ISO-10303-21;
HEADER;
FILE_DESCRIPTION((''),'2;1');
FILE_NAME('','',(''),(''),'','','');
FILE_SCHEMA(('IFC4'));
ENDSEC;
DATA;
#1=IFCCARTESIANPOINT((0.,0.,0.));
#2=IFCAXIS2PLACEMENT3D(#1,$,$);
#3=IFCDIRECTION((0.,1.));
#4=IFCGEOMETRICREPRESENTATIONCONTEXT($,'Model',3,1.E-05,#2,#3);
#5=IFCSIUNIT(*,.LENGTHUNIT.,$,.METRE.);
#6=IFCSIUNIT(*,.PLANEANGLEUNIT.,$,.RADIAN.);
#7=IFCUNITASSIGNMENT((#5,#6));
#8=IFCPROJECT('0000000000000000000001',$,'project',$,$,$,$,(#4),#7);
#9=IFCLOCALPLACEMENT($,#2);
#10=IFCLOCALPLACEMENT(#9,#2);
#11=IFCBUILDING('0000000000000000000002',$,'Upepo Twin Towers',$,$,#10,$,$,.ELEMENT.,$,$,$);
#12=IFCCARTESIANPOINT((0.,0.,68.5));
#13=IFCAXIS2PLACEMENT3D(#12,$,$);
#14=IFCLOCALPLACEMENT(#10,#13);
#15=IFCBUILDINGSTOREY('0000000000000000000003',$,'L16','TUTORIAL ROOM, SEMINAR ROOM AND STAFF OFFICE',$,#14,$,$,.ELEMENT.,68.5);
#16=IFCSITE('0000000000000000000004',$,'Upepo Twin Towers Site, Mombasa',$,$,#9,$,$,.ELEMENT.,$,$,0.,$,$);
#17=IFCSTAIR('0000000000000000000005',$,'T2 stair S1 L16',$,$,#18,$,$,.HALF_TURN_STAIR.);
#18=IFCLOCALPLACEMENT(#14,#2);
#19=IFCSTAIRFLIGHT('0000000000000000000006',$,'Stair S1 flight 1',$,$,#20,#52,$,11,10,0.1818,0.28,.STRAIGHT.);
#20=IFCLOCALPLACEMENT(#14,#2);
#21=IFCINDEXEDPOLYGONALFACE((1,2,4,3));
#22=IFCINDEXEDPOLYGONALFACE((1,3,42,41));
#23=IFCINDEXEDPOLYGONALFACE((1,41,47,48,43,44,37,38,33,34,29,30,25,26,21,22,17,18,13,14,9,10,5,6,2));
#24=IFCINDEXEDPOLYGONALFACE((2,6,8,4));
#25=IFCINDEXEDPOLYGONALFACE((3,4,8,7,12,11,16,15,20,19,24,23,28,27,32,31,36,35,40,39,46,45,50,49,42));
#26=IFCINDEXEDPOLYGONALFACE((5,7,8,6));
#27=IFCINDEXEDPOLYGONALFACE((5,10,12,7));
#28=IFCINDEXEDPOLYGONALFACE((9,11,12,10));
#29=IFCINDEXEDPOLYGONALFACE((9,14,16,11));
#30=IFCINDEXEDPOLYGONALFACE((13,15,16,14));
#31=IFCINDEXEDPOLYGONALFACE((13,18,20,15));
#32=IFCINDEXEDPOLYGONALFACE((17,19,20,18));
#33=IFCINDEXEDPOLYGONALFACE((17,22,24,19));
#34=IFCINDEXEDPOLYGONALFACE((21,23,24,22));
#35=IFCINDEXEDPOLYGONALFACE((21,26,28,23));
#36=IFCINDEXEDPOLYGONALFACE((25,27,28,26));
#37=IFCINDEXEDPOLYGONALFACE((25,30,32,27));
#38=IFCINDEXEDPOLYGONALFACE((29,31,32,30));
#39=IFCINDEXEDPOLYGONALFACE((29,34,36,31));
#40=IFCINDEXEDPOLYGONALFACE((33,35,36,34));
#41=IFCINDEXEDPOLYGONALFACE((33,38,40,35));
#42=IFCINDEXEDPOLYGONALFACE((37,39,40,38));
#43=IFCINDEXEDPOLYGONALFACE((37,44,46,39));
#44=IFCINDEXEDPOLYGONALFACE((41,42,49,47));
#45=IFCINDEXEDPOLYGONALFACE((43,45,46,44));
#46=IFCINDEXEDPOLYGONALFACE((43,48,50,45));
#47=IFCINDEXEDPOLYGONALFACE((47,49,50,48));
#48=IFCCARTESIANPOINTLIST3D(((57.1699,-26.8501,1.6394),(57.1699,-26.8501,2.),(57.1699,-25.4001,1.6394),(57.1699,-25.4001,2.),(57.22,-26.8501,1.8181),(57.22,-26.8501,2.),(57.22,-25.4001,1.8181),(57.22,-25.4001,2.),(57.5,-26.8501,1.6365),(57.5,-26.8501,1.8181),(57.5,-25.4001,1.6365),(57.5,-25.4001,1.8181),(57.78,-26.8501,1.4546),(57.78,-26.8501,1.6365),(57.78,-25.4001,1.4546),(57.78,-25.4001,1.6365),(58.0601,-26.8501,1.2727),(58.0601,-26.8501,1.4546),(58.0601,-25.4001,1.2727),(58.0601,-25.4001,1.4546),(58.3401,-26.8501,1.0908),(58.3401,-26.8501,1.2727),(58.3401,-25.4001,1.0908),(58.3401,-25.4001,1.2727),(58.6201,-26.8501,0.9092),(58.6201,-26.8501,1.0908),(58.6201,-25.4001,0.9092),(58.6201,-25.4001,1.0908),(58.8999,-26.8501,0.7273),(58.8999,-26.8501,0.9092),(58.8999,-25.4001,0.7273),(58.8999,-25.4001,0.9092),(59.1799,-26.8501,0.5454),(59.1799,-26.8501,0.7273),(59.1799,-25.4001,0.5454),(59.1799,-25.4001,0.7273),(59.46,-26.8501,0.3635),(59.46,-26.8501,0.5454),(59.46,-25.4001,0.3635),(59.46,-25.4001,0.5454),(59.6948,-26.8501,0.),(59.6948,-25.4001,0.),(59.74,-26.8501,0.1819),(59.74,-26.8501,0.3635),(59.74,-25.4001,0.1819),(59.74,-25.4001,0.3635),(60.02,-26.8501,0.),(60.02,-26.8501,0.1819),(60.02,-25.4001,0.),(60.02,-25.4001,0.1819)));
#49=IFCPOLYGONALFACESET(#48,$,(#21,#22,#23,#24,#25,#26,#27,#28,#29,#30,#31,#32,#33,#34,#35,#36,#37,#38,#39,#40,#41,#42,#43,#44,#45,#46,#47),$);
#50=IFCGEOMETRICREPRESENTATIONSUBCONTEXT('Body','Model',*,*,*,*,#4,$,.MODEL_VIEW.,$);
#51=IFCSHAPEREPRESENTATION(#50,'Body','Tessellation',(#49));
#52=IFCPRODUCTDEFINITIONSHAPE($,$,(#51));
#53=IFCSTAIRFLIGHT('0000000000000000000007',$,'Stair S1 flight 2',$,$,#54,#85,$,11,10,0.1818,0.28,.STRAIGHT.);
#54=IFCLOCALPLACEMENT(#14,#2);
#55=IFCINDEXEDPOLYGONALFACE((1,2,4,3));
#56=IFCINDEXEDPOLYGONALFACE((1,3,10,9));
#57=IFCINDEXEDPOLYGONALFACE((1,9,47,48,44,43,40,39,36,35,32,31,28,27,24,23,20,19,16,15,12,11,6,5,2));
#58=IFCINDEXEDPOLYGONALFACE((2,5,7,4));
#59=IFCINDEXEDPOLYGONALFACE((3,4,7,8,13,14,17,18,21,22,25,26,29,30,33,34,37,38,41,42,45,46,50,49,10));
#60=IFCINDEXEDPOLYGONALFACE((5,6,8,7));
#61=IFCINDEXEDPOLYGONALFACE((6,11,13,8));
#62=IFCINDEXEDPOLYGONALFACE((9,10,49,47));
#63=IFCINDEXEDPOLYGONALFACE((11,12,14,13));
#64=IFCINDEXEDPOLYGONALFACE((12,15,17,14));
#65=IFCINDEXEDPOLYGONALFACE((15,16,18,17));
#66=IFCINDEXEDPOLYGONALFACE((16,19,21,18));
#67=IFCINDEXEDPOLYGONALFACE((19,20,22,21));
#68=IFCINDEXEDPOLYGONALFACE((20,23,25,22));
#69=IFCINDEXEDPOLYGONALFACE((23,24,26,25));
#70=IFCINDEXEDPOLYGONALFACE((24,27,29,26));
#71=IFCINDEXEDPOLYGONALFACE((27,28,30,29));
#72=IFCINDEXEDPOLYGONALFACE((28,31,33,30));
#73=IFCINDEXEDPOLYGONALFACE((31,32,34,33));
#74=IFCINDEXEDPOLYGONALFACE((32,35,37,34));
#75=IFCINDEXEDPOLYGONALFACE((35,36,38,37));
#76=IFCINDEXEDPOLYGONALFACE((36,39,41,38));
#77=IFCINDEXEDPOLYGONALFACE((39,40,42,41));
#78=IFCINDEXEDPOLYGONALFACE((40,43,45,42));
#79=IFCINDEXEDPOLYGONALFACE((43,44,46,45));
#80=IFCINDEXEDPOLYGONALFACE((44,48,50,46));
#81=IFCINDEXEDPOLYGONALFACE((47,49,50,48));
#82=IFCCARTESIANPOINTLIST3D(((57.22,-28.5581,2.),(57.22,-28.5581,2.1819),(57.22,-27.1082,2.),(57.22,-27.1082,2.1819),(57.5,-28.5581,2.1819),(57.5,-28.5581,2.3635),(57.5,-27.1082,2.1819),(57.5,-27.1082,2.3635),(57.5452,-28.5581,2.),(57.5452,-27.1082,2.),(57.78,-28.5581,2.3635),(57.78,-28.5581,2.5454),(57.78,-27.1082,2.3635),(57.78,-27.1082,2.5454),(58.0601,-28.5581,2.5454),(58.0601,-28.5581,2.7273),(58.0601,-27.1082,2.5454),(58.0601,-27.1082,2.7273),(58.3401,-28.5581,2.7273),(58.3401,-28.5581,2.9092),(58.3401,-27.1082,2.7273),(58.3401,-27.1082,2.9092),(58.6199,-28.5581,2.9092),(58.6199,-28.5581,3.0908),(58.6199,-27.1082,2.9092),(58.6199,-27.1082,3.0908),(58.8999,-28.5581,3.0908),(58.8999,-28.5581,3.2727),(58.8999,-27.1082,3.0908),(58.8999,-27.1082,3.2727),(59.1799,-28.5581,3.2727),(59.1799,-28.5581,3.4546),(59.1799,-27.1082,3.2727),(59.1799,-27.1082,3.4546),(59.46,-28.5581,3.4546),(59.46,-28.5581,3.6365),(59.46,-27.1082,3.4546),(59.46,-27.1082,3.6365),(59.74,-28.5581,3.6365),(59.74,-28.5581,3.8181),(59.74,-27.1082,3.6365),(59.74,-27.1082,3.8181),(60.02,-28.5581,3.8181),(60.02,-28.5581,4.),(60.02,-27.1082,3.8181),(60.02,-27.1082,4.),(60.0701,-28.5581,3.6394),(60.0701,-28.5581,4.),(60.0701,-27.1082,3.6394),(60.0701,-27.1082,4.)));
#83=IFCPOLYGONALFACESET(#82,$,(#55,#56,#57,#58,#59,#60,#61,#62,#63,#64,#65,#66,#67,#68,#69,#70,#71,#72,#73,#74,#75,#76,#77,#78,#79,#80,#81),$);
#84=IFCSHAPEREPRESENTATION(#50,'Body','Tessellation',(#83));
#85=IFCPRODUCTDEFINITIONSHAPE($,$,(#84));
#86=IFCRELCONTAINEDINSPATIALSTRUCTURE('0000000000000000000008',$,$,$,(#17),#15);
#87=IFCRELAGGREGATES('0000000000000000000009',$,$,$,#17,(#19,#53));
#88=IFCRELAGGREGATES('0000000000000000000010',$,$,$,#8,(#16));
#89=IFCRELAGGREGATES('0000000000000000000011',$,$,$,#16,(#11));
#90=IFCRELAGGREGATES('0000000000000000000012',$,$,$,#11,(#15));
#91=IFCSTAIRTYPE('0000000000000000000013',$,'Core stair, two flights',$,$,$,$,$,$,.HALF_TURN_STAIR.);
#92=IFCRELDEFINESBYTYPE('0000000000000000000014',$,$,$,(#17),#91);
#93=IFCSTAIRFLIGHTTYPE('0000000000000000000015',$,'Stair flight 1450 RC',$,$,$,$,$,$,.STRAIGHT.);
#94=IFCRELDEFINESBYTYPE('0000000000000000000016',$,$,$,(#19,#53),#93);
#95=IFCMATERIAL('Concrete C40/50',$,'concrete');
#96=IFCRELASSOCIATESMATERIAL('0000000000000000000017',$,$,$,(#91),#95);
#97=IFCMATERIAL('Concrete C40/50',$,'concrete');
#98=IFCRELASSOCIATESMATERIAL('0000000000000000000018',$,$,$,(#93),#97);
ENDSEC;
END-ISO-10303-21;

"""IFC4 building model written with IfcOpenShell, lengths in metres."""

from ifc_helpers import new_model, si_unit, direction, frame, origin, place, context, subcontext, project, spatial, polyline, outline, extrude, material, type_object, element, aggregate, save


model = new_model("IFC4")

# Units and contexts
model_context = context("Model", 3, precision=1e-05, world=origin(), true_north=direction((0.0, 1.0)))
body_context = subcontext(model_context, "Body", "Model", "MODEL_VIEW")
ifc_project = project(units=[si_unit("LENGTHUNIT", "METRE"), si_unit("PLANEANGLEUNIT", "RADIAN")], contexts=[model_context])

# Site, building, storey
site_placement = place(None, origin())
site = spatial("IfcSite", under=ifc_project, at=site_placement, Name="Upepo Twin Towers Site, Mombasa", CompositionType="ELEMENT", RefElevation=0.0)
building_placement = place(site_placement, origin())
building = spatial("IfcBuilding", under=site, at=building_placement, Name="Upepo Twin Towers", CompositionType="ELEMENT")
storey_placement = place(building_placement, frame((0.0, 0.0, 68.5)))
storey = spatial("IfcBuildingStorey", under=building, at=storey_placement, Name="L16", Description="TUTORIAL ROOM, SEMINAR ROOM AND STAFF OFFICE", CompositionType="ELEMENT", Elevation=68.5)

# Stair, stair flights
ifc_material_1 = material(Name="Concrete C40/50", Category="concrete")
stair_type = type_object("IfcStairType", Name="Core stair, two flights", PredefinedType="HALF_TURN_STAIR", material=ifc_material_1)
stair_placement = place(storey_placement, origin())
stair = element("IfcStair", 1, at=stair_placement, inside=storey, type_object=stair_type, Name="T2 stair S1 L16", PredefinedType="HALF_TURN_STAIR")
ifc_material_2 = material(Name="Concrete C40/50", Category="concrete")
stair_flight_type = type_object("IfcStairFlightType", Name="Stair flight 1450 RC", PredefinedType="STRAIGHT", material=ifc_material_2)
stair_flight_1_placement = place(storey_placement, frame((60.02, -26.125, 0.0), z_axis=(0.0, 0.0, 1.0), x_axis=(-1.0, 0.0, 0.0)))
stair_flight_1 = element("IfcStairFlight", 2, at=stair_flight_1_placement, type_object=stair_flight_type, Name="Stair S1 flight 1", NumberOfRisers=11, NumberOfTreads=10, PredefinedType="STRAIGHT", RiserHeight=0.1818, TreadLength=0.28, context=body_context, shape_type="SweptSolid", body=[
    extrude(outline(polyline([(0.0, 0.0), (0.0, 0.1819), (0.28, 0.1819), (0.28, 0.3635), (0.5601, 0.3635), (0.5601, 0.5454), (0.8401, 0.5454), (0.8401, 0.7273), (1.1201, 0.7273), (1.1201, 0.9092), (1.3999, 0.9092), (1.3999, 1.0908), (1.6799, 1.0908), (1.6799, 1.2727), (1.96, 1.2727), (1.96, 1.4546), (2.24, 1.4546), (2.24, 1.6365), (2.52, 1.6365), (2.52, 1.8181), (2.8, 1.8181), (2.8, 2.0), (2.8501, 2.0), (2.8501, 1.6394), (0.3252, 0.0), (0.0, 0.0)])), frame((0.0, 0.7251, 0.0), z_axis=(0.0, -1.0, 0.0), x_axis=(1.0, 0.0, 0.0)), (0.0, 0.0, 1.0), 1.45),
])
stair_flight_2_placement = place(storey_placement, frame((57.22, -27.8333, 2.0), z_axis=(0.0, 0.0, 1.0), x_axis=(1.0, 0.0, 0.0)))
stair_flight_2 = element("IfcStairFlight", 3, at=stair_flight_2_placement, type_object=stair_flight_type, Name="Stair S1 flight 2", NumberOfRisers=11, NumberOfTreads=10, PredefinedType="STRAIGHT", RiserHeight=0.1818, TreadLength=0.28, context=body_context, shape_type="SweptSolid", body=[
    extrude(outline(polyline([(0.0, 0.0), (0.0, 0.1819), (0.28, 0.1819), (0.28, 0.3635), (0.5601, 0.3635), (0.5601, 0.5454), (0.8401, 0.5454), (0.8401, 0.7273), (1.1201, 0.7273), (1.1201, 0.9092), (1.3999, 0.9092), (1.3999, 1.0908), (1.6799, 1.0908), (1.6799, 1.2727), (1.96, 1.2727), (1.96, 1.4546), (2.24, 1.4546), (2.24, 1.6365), (2.52, 1.6365), (2.52, 1.8181), (2.8, 1.8181), (2.8, 2.0), (2.8501, 2.0), (2.8501, 1.6394), (0.3252, 0.0), (0.0, 0.0)])), frame((0.0, 0.7251, 0.0), z_axis=(0.0, -1.0, 0.0), x_axis=(1.0, 0.0, 0.0)), (0.0, 0.0, 1.0), 1.45),
])
aggregate(stair, [stair_flight_1, stair_flight_2])

save(model, "model.ifc")
